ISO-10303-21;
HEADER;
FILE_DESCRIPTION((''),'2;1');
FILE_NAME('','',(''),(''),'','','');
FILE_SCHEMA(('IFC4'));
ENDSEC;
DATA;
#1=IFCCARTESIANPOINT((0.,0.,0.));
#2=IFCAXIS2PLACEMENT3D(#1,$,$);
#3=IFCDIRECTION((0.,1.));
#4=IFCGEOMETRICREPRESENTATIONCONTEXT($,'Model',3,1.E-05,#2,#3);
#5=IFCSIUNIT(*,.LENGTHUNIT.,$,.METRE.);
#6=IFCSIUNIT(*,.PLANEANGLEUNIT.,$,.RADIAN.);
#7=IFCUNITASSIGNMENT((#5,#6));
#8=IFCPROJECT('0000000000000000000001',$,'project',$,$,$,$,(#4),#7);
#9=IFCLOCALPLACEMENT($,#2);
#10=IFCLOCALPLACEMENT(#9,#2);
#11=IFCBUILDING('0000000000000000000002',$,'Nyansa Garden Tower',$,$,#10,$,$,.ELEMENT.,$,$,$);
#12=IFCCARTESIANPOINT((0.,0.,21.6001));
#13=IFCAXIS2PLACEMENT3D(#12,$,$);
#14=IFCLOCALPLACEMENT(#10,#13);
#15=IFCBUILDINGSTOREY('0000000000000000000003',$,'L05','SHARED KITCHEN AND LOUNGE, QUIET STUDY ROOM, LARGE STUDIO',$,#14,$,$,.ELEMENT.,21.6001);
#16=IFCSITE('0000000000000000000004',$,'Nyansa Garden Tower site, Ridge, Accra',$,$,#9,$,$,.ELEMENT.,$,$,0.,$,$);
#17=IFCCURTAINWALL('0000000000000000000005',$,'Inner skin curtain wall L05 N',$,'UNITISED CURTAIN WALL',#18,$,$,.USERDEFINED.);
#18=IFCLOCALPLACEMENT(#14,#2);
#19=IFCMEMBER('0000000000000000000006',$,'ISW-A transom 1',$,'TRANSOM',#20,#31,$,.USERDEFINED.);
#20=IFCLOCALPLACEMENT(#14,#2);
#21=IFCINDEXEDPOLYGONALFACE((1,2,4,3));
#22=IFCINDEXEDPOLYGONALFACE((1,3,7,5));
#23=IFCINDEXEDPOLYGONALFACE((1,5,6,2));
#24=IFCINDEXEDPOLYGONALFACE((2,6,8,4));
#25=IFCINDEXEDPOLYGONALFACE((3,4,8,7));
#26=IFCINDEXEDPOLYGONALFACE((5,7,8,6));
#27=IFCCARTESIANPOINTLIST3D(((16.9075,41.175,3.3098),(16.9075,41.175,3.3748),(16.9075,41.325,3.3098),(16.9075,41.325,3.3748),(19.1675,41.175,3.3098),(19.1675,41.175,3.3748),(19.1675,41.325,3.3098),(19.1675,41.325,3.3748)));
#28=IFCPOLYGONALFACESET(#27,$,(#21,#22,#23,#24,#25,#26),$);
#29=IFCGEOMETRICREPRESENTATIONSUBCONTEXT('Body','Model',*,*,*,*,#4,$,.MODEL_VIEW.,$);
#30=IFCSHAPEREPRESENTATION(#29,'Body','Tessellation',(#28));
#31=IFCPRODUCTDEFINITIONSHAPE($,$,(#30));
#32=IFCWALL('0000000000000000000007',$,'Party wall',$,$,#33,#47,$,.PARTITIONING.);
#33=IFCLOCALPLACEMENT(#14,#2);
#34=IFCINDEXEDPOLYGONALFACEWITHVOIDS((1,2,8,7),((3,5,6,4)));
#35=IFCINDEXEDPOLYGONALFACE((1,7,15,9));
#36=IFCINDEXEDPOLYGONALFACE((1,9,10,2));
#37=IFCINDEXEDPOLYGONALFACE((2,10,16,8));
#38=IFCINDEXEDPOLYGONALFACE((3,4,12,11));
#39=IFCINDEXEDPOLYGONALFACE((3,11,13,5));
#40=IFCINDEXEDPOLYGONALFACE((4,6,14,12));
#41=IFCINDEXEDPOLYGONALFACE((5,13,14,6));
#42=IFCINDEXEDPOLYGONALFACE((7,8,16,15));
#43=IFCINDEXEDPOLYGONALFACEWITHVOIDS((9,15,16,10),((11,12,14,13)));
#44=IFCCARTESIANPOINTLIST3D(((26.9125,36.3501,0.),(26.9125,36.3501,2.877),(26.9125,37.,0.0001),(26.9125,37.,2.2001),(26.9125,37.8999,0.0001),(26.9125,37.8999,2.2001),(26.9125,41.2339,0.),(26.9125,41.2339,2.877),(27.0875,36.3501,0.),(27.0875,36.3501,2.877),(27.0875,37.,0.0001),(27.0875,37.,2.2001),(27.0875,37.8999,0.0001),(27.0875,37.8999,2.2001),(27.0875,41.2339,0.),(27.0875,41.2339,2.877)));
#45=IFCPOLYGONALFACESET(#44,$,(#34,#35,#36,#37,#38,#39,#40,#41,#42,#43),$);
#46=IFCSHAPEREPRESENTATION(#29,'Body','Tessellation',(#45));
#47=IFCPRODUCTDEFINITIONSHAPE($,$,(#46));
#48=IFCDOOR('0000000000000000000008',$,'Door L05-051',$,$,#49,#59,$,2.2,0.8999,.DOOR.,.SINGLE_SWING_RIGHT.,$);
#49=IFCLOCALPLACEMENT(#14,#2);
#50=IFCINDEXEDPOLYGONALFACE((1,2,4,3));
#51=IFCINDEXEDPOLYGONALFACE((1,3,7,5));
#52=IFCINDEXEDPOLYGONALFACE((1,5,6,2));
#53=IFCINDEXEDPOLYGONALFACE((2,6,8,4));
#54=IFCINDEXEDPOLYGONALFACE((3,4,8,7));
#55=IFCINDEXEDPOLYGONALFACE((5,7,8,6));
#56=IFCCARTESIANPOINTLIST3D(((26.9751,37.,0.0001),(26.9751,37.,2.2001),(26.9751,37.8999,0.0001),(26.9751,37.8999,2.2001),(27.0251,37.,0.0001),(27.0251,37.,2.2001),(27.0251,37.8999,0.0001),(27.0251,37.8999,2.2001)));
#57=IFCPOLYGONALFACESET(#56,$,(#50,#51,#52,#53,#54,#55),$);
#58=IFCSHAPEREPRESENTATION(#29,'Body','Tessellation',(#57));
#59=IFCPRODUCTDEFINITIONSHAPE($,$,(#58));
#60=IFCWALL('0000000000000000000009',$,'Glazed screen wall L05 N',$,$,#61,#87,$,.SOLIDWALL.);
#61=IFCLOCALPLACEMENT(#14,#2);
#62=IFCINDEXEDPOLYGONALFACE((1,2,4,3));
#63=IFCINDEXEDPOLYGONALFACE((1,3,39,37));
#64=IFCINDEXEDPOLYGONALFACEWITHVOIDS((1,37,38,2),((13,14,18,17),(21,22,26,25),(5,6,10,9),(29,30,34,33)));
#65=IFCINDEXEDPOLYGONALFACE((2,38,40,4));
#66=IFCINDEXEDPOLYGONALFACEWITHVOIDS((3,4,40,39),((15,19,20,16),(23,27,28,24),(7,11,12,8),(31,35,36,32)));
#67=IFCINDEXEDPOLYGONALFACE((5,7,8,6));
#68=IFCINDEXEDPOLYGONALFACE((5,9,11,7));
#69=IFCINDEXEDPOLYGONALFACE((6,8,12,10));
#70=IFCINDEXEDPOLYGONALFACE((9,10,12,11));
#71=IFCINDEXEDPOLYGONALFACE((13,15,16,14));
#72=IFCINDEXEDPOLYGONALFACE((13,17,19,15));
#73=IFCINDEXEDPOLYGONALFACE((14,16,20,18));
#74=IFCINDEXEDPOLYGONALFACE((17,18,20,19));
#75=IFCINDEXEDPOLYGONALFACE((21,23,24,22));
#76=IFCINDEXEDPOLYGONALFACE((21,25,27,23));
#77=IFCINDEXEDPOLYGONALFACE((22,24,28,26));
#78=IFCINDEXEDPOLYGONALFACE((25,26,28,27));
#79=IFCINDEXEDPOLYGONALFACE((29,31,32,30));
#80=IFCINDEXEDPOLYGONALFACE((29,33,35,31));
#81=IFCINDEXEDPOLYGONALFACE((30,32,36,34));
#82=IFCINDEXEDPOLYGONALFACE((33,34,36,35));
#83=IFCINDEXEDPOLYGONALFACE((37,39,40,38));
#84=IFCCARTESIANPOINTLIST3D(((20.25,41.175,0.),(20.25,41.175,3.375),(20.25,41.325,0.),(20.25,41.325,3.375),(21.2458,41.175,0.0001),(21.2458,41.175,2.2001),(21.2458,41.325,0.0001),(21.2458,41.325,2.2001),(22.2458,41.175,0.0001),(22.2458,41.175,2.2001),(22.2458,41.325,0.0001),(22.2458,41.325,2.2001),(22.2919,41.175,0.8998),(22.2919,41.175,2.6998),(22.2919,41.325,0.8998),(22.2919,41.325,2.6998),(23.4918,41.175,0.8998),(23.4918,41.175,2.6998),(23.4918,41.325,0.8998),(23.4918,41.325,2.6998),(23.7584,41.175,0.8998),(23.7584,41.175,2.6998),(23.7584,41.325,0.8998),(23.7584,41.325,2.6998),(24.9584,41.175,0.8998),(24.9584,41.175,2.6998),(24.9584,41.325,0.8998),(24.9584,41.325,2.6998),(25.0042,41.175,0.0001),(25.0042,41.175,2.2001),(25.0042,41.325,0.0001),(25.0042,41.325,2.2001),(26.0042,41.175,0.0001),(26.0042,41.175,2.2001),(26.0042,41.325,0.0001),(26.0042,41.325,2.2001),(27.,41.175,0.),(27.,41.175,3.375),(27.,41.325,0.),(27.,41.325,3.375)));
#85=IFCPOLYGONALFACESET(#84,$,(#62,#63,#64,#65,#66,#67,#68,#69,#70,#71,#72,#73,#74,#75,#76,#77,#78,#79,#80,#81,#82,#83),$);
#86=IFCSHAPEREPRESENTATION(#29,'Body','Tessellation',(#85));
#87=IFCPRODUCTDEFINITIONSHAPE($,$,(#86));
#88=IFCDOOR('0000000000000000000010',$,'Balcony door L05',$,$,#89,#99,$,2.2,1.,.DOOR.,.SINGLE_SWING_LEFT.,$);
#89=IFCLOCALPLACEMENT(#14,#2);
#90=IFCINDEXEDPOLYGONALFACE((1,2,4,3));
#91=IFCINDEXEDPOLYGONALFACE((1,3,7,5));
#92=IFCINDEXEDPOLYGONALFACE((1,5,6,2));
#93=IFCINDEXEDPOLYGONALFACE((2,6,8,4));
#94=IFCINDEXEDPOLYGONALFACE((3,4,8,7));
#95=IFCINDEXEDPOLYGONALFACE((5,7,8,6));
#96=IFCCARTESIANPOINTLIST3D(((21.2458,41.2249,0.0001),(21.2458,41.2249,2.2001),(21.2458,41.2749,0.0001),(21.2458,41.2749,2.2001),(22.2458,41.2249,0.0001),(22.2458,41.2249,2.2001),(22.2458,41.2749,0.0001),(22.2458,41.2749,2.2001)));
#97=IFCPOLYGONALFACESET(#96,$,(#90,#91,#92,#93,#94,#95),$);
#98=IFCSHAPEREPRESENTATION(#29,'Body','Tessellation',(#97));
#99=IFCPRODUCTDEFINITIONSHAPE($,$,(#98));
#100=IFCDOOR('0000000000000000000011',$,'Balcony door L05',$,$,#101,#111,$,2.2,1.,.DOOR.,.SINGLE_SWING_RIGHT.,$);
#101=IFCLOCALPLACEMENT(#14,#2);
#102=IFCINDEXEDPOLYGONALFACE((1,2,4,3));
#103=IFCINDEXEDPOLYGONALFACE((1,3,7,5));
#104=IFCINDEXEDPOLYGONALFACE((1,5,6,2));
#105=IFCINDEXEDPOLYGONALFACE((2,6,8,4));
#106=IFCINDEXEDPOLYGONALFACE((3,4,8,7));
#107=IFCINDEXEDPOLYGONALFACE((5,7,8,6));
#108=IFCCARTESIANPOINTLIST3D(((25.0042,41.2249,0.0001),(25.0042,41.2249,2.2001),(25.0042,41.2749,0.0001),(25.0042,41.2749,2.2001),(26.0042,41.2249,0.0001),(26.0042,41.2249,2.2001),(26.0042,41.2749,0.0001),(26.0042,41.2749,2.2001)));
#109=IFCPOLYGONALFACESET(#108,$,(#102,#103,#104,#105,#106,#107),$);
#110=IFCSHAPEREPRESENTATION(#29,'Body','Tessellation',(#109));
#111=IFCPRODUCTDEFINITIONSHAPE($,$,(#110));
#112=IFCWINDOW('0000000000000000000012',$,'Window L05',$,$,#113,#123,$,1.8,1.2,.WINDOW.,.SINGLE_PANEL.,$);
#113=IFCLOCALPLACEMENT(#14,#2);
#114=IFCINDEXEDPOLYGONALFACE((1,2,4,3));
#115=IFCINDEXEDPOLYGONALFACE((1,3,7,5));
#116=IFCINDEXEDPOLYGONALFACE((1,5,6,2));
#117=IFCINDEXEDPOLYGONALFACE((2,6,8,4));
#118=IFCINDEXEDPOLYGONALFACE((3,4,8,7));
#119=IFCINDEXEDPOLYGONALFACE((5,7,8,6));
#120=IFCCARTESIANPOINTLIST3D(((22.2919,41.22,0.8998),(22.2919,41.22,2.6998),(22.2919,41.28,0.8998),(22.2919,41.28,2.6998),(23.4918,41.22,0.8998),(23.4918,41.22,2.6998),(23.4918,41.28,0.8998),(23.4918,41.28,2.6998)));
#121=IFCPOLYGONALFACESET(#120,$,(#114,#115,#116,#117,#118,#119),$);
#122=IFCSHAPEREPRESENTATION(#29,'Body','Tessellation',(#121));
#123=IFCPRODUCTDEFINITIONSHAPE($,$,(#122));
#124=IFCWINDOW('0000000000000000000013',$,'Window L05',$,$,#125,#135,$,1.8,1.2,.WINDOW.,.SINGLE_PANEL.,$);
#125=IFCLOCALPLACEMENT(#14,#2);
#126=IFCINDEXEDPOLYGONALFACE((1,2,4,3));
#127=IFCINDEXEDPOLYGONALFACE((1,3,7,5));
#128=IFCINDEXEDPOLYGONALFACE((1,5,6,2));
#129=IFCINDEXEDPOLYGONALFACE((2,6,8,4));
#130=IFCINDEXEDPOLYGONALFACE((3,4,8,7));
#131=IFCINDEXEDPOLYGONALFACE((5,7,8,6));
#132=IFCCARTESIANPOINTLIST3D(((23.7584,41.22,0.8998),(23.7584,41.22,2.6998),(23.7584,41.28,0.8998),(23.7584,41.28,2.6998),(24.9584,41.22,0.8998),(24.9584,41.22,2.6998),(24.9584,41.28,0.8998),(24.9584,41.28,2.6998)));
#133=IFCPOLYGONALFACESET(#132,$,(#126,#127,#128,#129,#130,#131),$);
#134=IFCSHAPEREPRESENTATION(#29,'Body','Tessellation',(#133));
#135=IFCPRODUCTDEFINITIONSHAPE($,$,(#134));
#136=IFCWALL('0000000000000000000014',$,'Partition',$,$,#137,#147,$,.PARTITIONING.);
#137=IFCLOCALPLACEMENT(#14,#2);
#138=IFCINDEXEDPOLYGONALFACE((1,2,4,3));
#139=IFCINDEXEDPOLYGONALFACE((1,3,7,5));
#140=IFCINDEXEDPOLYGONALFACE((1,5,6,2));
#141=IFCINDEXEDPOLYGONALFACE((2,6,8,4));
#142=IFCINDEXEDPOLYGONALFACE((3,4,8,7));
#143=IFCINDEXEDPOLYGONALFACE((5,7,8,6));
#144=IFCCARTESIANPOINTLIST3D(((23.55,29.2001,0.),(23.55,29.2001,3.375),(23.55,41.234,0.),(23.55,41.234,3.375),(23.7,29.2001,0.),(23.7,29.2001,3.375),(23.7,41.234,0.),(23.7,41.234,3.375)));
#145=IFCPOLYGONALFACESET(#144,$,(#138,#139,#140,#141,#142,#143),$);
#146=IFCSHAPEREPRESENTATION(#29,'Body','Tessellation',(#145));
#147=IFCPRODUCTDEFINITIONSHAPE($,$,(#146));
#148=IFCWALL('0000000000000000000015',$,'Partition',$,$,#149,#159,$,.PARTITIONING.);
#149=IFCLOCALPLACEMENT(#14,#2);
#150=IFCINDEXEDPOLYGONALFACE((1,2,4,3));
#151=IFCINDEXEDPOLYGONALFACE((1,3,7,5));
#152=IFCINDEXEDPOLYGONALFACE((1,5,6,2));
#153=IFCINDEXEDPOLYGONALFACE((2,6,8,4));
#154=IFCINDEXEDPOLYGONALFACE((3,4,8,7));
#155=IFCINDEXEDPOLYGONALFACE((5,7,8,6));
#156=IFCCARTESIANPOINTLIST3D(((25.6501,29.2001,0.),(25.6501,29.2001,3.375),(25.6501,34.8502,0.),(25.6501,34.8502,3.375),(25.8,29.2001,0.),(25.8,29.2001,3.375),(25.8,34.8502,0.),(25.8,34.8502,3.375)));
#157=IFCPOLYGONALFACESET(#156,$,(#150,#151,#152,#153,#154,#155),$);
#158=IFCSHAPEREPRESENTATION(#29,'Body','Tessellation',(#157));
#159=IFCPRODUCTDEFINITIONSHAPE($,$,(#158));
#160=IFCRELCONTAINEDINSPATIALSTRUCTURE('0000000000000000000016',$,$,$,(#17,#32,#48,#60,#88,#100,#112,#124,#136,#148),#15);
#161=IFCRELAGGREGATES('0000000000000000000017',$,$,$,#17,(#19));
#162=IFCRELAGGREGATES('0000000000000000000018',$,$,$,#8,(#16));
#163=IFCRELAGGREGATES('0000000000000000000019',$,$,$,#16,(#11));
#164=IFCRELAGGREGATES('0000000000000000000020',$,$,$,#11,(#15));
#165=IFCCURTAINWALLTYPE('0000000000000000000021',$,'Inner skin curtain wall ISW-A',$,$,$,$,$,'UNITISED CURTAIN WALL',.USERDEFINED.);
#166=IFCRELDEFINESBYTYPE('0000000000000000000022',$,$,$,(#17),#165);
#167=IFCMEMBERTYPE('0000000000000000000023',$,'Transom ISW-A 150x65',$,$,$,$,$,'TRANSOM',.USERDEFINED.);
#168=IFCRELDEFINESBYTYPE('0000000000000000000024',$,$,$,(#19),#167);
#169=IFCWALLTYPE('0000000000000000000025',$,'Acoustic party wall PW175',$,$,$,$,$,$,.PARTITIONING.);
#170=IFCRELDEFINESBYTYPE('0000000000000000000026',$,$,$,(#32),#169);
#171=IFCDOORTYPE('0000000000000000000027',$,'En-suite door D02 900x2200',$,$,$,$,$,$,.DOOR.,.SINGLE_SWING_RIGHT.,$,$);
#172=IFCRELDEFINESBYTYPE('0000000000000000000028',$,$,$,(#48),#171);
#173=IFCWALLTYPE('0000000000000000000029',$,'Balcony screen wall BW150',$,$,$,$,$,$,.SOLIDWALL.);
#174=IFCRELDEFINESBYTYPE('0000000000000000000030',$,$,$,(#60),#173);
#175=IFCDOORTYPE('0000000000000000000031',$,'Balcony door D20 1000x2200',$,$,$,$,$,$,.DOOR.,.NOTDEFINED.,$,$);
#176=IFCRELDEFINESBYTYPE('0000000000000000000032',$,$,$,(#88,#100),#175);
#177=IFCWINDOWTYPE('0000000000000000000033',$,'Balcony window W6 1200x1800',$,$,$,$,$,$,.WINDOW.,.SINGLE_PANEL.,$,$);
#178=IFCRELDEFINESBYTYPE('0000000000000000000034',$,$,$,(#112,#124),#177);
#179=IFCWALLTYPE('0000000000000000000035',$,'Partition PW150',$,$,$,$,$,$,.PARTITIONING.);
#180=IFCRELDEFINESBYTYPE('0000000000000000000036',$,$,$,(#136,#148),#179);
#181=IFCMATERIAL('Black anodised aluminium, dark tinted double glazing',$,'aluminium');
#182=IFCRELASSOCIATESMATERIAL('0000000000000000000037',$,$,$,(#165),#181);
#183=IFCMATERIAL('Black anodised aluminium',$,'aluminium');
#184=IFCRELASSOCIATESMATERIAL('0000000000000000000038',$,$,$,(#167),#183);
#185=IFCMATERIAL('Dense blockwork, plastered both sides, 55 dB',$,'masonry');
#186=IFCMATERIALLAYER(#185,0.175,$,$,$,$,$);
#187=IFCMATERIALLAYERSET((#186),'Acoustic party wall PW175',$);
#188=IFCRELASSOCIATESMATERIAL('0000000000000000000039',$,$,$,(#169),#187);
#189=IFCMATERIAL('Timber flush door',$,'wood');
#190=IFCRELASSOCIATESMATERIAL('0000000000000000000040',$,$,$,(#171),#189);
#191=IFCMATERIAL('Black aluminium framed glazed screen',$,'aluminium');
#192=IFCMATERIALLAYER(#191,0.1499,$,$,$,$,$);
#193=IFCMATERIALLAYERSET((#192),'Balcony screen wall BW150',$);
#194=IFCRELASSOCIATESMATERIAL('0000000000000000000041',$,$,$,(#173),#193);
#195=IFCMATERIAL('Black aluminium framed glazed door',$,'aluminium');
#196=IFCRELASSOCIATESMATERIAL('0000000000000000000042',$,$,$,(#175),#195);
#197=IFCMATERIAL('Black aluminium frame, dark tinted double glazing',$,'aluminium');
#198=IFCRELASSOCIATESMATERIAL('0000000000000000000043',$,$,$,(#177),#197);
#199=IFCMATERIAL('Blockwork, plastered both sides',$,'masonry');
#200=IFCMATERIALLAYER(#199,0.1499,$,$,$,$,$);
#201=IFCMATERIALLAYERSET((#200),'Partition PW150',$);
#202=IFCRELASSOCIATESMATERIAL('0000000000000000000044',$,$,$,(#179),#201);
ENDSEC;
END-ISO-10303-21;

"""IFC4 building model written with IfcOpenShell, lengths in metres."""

from ifc_helpers import new_model, si_unit, direction, frame, frame_2d, origin, origin_2d, place, context, subcontext, project, spatial, rectangle, extrude, material, layer, layer_set, material_profile, profile_set, type_object, element, fill, aggregate, save


model = new_model("IFC4")

# Units and contexts
model_context = context("Model", 3, precision=1e-05, world=origin(), true_north=direction((0.0, 1.0)))
body_context = subcontext(model_context, "Body", "Model", "MODEL_VIEW")
ifc_project = project(units=[si_unit("LENGTHUNIT", "METRE"), si_unit("PLANEANGLEUNIT", "RADIAN")], contexts=[model_context])

# Site, building, storey
site_placement = place(None, origin())
site = spatial("IfcSite", under=ifc_project, at=site_placement, Name="Nyansa Garden Tower site, Ridge, Accra", CompositionType="ELEMENT", RefElevation=0.0)
building_placement = place(site_placement, origin())
building = spatial("IfcBuilding", under=site, at=building_placement, Name="Nyansa Garden Tower", CompositionType="ELEMENT")
storey_placement = place(building_placement, frame((0.0, 0.0, 21.6001)))
storey = spatial("IfcBuildingStorey", under=building, at=storey_placement, Name="L05", Description="SHARED KITCHEN AND LOUNGE, QUIET STUDY ROOM, LARGE STUDIO", CompositionType="ELEMENT", Elevation=21.6001)

# Curtain wall
ifc_material_1 = material(Name="Black anodised aluminium, dark tinted double glazing", Category="aluminium")
curtain_wall_type = type_object("IfcCurtainWallType", Name="Inner skin curtain wall ISW-A", ElementType="UNITISED CURTAIN WALL", PredefinedType="USERDEFINED", material=ifc_material_1)
curtain_wall_1_placement = place(storey_placement, origin())
curtain_wall_1 = element("IfcCurtainWall", 1, at=curtain_wall_1_placement, inside=storey, type_object=curtain_wall_type, Name="Inner skin curtain wall L05 N", ObjectType="UNITISED CURTAIN WALL", PredefinedType="USERDEFINED")

# Member
ifc_material_2 = material(Name="Black anodised aluminium", Category="aluminium")
ifc_material_profile_1 = material_profile(ifc_material_2, rectangle(XDim=0.1499, YDim=0.0649, at=origin_2d()), Name="Transom 150x65")
ifc_profile_set_1 = profile_set([ifc_material_profile_1], Name="Black anodised aluminium")
member_type_1 = type_object("IfcMemberType", Name="Transom ISW-A 150x65", ElementType="TRANSOM", PredefinedType="USERDEFINED", material=ifc_profile_set_1)
member_1_placement = place(storey_placement, frame((19.1675, 41.25, 3.3423), z_axis=(-1.0, 0.0, 0.0), x_axis=(0.0, -1.0, 0.0)))
member_1 = element("IfcMember", 2, at=member_1_placement, type_object=member_type_1, Name="ISW-A transom 1", ObjectType="TRANSOM", PredefinedType="USERDEFINED", context=body_context, shape_type="SweptSolid", body=[
    extrude(rectangle(XDim=0.1499, YDim=0.0649, at=origin_2d()), origin(), (0.0, 0.0, 1.0), 2.26),
])
aggregate(curtain_wall_1, [member_1])

# Wall, opening, door
ifc_material_3 = material(Name="Dense blockwork, plastered both sides, 55 dB", Category="masonry")
ifc_layer_1 = layer(ifc_material_3, 0.175)
ifc_layer_set_1 = layer_set([ifc_layer_1], Name="Acoustic party wall PW175")
wall_type_1 = type_object("IfcWallType", Name="Acoustic party wall PW175", PredefinedType="PARTITIONING", material=ifc_layer_set_1)
wall_1_placement = place(storey_placement, frame((27.0, 36.3501, 0.0), z_axis=(0.0, 0.0, 1.0), x_axis=(0.0, 1.0, 0.0)))
wall_1 = element("IfcWall", 3, at=wall_1_placement, inside=storey, type_object=wall_type_1, Name="Party wall", PredefinedType="PARTITIONING", context=body_context, shape_type="SweptSolid", body=[
    extrude(rectangle(XDim=4.8838, YDim=0.175, at=frame_2d((2.4419, 0.0))), origin(), (0.0, 0.0, 1.0), 2.877),
])
opening_1_placement = place(wall_1_placement, frame((0.6499, 0.0, 0.0)))
opening_1 = element("IfcOpeningElement", 4, at=opening_1_placement, cuts=wall_1, PredefinedType="OPENING", context=body_context, shape_type="SweptSolid", body=[
    extrude(rectangle(XDim=0.8999, YDim=2.2, at=frame_2d((0.45, 1.1001))), frame((0.0, 0.0974, 0.0), z_axis=(0.0, -1.0, 0.0), x_axis=(1.0, 0.0, 0.0)), (0.0, 0.0, 1.0), 0.1951),
])
ifc_material_4 = material(Name="Timber flush door", Category="wood")
door_type_1 = type_object("IfcDoorType", Name="En-suite door D02 900x2200", OperationType="SINGLE_SWING_RIGHT", PredefinedType="DOOR", material=ifc_material_4)
door_1_placement = place(opening_1_placement, origin())
door_1 = element("IfcDoor", 5, at=door_1_placement, inside=storey, type_object=door_type_1, Name="Door L05-051", OperationType="SINGLE_SWING_RIGHT", OverallHeight=2.2, OverallWidth=0.8999, PredefinedType="DOOR", context=body_context, shape_type="SweptSolid", body=[
    extrude(rectangle(XDim=0.8999, YDim=2.2, at=frame_2d((0.45, 1.1001))), frame((0.0, 0.0249, 0.0), z_axis=(0.0, -1.0, 0.0), x_axis=(1.0, 0.0, 0.0)), (0.0, 0.0, 1.0), 0.05),
])
fill(opening_1, door_1)

# Wall, openings, doors, windows
ifc_material_5 = material(Name="Black aluminium framed glazed screen", Category="aluminium")
ifc_layer_2 = layer(ifc_material_5, 0.1499)
ifc_layer_set_2 = layer_set([ifc_layer_2], Name="Balcony screen wall BW150")
wall_type_2 = type_object("IfcWallType", Name="Balcony screen wall BW150", PredefinedType="SOLIDWALL", material=ifc_layer_set_2)
wall_2_placement = place(storey_placement, frame((20.25, 41.25, 0.0), z_axis=(0.0, 0.0, 1.0), x_axis=(1.0, 0.0, 0.0)))
wall_2 = element("IfcWall", 6, at=wall_2_placement, inside=storey, type_object=wall_type_2, Name="Glazed screen wall L05 N", PredefinedType="SOLIDWALL", context=body_context, shape_type="SweptSolid", body=[
    extrude(rectangle(XDim=6.75, YDim=0.1499, at=frame_2d((3.375, 0.0))), origin(), (0.0, 0.0, 1.0), 3.375),
])
opening_2_placement = place(wall_2_placement, frame((0.9958, 0.0, 0.0)))
opening_2 = element("IfcOpeningElement", 7, at=opening_2_placement, cuts=wall_2, PredefinedType="OPENING", context=body_context, shape_type="SweptSolid", body=[
    extrude(rectangle(XDim=1.0, YDim=2.2, at=frame_2d((0.5, 1.1001))), frame((0.0, 0.085, 0.0), z_axis=(0.0, -1.0, 0.0), x_axis=(1.0, 0.0, 0.0)), (0.0, 0.0, 1.0), 0.1699),
])
opening_3_placement = place(wall_2_placement, frame((2.0417, 0.0, 0.8999)))
opening_3 = element("IfcOpeningElement", 8, at=opening_3_placement, cuts=wall_2, PredefinedType="OPENING", context=body_context, shape_type="SweptSolid", body=[
    extrude(rectangle(XDim=1.2, YDim=1.8, at=frame_2d((0.6001, 0.8999))), frame((0.0, 0.085, 0.0), z_axis=(0.0, -1.0, 0.0), x_axis=(1.0, 0.0, 0.0)), (0.0, 0.0, 1.0), 0.1699),
])
opening_4_placement = place(wall_2_placement, frame((4.7542, 0.0, 0.0)))
opening_4 = element("IfcOpeningElement", 9, at=opening_4_placement, cuts=wall_2, PredefinedType="OPENING", context=body_context, shape_type="SweptSolid", body=[
    extrude(rectangle(XDim=1.0, YDim=2.2, at=frame_2d((0.5, 1.1001))), frame((0.0, 0.085, 0.0), z_axis=(0.0, -1.0, 0.0), x_axis=(1.0, 0.0, 0.0)), (0.0, 0.0, 1.0), 0.1699),
])
opening_5_placement = place(wall_2_placement, frame((3.5083, 0.0, 0.8999)))
opening_5 = element("IfcOpeningElement", 10, at=opening_5_placement, cuts=wall_2, PredefinedType="OPENING", context=body_context, shape_type="SweptSolid", body=[
    extrude(rectangle(XDim=1.2, YDim=1.8, at=frame_2d((0.6001, 0.8999))), frame((0.0, 0.085, 0.0), z_axis=(0.0, -1.0, 0.0), x_axis=(1.0, 0.0, 0.0)), (0.0, 0.0, 1.0), 0.1699),
])
ifc_material_6 = material(Name="Black aluminium framed glazed door", Category="aluminium")
door_type_2 = type_object("IfcDoorType", Name="Balcony door D20 1000x2200", OperationType="NOTDEFINED", PredefinedType="DOOR", material=ifc_material_6)
door_2_placement = place(opening_2_placement, origin())
door_2 = element("IfcDoor", 11, at=door_2_placement, inside=storey, type_object=door_type_2, Name="Balcony door L05", OperationType="SINGLE_SWING_LEFT", OverallHeight=2.2, OverallWidth=1.0, PredefinedType="DOOR", context=body_context, shape_type="SweptSolid", body=[
    extrude(rectangle(XDim=1.0, YDim=2.2, at=frame_2d((0.5, 1.1001))), frame((0.0, 0.0249, 0.0), z_axis=(0.0, -1.0, 0.0), x_axis=(1.0, 0.0, 0.0)), (0.0, 0.0, 1.0), 0.05),
])
fill(opening_2, door_2)
door_3_placement = place(opening_4_placement, origin())
door_3 = element("IfcDoor", 12, at=door_3_placement, inside=storey, type_object=door_type_2, Name="Balcony door L05", OperationType="SINGLE_SWING_RIGHT", OverallHeight=2.2, OverallWidth=1.0, PredefinedType="DOOR", context=body_context, shape_type="SweptSolid", body=[
    extrude(rectangle(XDim=1.0, YDim=2.2, at=frame_2d((0.5, 1.1001))), frame((0.0, 0.0249, 0.0), z_axis=(0.0, -1.0, 0.0), x_axis=(1.0, 0.0, 0.0)), (0.0, 0.0, 1.0), 0.05),
])
fill(opening_4, door_3)
ifc_material_7 = material(Name="Black aluminium frame, dark tinted double glazing", Category="aluminium")
window_type = type_object("IfcWindowType", Name="Balcony window W6 1200x1800", PartitioningType="SINGLE_PANEL", PredefinedType="WINDOW", material=ifc_material_7)
window_1_placement = place(opening_3_placement, origin())
window_1 = element("IfcWindow", 13, at=window_1_placement, inside=storey, type_object=window_type, Name="Window L05", OverallHeight=1.8, OverallWidth=1.2, PartitioningType="SINGLE_PANEL", PredefinedType="WINDOW", context=body_context, shape_type="SweptSolid", body=[
    extrude(rectangle(XDim=1.2, YDim=1.8, at=frame_2d((0.6001, 0.8999))), frame((0.0, 0.03, 0.0), z_axis=(0.0, -1.0, 0.0), x_axis=(1.0, 0.0, 0.0)), (0.0, 0.0, 1.0), 0.0601),
])
fill(opening_3, window_1)
window_2_placement = place(opening_5_placement, origin())
window_2 = element("IfcWindow", 14, at=window_2_placement, inside=storey, type_object=window_type, Name="Window L05", OverallHeight=1.8, OverallWidth=1.2, PartitioningType="SINGLE_PANEL", PredefinedType="WINDOW", context=body_context, shape_type="SweptSolid", body=[
    extrude(rectangle(XDim=1.2, YDim=1.8, at=frame_2d((0.6001, 0.8999))), frame((0.0, 0.03, 0.0), z_axis=(0.0, -1.0, 0.0), x_axis=(1.0, 0.0, 0.0)), (0.0, 0.0, 1.0), 0.0601),
])
fill(opening_5, window_2)

# Walls
ifc_material_8 = material(Name="Blockwork, plastered both sides", Category="masonry")
ifc_layer_3 = layer(ifc_material_8, 0.1499)
ifc_layer_set_3 = layer_set([ifc_layer_3], Name="Partition PW150")
wall_type_3 = type_object("IfcWallType", Name="Partition PW150", PredefinedType="PARTITIONING", material=ifc_layer_set_3)
wall_3_placement = place(storey_placement, frame((23.625, 29.2, 0.0), z_axis=(0.0, 0.0, 1.0), x_axis=(0.0, 1.0, 0.0)))
element("IfcWall", 15, at=wall_3_placement, inside=storey, type_object=wall_type_3, Name="Partition", PredefinedType="PARTITIONING", context=body_context, shape_type="SweptSolid", body=[
    extrude(rectangle(XDim=12.0339, YDim=0.1499, at=frame_2d((6.0171, 0.0))), origin(), (0.0, 0.0, 1.0), 3.375),
])
wall_4_placement = place(storey_placement, frame((25.7251, 29.2, 0.0), z_axis=(0.0, 0.0, 1.0), x_axis=(0.0, 1.0, 0.0)))
element("IfcWall", 16, at=wall_4_placement, inside=storey, type_object=wall_type_3, Name="Partition", PredefinedType="PARTITIONING", context=body_context, shape_type="SweptSolid", body=[
    extrude(rectangle(XDim=5.6501, YDim=0.1499, at=frame_2d((2.8252, 0.0))), origin(), (0.0, 0.0, 1.0), 3.375),
])

save(model, "model.ifc")
